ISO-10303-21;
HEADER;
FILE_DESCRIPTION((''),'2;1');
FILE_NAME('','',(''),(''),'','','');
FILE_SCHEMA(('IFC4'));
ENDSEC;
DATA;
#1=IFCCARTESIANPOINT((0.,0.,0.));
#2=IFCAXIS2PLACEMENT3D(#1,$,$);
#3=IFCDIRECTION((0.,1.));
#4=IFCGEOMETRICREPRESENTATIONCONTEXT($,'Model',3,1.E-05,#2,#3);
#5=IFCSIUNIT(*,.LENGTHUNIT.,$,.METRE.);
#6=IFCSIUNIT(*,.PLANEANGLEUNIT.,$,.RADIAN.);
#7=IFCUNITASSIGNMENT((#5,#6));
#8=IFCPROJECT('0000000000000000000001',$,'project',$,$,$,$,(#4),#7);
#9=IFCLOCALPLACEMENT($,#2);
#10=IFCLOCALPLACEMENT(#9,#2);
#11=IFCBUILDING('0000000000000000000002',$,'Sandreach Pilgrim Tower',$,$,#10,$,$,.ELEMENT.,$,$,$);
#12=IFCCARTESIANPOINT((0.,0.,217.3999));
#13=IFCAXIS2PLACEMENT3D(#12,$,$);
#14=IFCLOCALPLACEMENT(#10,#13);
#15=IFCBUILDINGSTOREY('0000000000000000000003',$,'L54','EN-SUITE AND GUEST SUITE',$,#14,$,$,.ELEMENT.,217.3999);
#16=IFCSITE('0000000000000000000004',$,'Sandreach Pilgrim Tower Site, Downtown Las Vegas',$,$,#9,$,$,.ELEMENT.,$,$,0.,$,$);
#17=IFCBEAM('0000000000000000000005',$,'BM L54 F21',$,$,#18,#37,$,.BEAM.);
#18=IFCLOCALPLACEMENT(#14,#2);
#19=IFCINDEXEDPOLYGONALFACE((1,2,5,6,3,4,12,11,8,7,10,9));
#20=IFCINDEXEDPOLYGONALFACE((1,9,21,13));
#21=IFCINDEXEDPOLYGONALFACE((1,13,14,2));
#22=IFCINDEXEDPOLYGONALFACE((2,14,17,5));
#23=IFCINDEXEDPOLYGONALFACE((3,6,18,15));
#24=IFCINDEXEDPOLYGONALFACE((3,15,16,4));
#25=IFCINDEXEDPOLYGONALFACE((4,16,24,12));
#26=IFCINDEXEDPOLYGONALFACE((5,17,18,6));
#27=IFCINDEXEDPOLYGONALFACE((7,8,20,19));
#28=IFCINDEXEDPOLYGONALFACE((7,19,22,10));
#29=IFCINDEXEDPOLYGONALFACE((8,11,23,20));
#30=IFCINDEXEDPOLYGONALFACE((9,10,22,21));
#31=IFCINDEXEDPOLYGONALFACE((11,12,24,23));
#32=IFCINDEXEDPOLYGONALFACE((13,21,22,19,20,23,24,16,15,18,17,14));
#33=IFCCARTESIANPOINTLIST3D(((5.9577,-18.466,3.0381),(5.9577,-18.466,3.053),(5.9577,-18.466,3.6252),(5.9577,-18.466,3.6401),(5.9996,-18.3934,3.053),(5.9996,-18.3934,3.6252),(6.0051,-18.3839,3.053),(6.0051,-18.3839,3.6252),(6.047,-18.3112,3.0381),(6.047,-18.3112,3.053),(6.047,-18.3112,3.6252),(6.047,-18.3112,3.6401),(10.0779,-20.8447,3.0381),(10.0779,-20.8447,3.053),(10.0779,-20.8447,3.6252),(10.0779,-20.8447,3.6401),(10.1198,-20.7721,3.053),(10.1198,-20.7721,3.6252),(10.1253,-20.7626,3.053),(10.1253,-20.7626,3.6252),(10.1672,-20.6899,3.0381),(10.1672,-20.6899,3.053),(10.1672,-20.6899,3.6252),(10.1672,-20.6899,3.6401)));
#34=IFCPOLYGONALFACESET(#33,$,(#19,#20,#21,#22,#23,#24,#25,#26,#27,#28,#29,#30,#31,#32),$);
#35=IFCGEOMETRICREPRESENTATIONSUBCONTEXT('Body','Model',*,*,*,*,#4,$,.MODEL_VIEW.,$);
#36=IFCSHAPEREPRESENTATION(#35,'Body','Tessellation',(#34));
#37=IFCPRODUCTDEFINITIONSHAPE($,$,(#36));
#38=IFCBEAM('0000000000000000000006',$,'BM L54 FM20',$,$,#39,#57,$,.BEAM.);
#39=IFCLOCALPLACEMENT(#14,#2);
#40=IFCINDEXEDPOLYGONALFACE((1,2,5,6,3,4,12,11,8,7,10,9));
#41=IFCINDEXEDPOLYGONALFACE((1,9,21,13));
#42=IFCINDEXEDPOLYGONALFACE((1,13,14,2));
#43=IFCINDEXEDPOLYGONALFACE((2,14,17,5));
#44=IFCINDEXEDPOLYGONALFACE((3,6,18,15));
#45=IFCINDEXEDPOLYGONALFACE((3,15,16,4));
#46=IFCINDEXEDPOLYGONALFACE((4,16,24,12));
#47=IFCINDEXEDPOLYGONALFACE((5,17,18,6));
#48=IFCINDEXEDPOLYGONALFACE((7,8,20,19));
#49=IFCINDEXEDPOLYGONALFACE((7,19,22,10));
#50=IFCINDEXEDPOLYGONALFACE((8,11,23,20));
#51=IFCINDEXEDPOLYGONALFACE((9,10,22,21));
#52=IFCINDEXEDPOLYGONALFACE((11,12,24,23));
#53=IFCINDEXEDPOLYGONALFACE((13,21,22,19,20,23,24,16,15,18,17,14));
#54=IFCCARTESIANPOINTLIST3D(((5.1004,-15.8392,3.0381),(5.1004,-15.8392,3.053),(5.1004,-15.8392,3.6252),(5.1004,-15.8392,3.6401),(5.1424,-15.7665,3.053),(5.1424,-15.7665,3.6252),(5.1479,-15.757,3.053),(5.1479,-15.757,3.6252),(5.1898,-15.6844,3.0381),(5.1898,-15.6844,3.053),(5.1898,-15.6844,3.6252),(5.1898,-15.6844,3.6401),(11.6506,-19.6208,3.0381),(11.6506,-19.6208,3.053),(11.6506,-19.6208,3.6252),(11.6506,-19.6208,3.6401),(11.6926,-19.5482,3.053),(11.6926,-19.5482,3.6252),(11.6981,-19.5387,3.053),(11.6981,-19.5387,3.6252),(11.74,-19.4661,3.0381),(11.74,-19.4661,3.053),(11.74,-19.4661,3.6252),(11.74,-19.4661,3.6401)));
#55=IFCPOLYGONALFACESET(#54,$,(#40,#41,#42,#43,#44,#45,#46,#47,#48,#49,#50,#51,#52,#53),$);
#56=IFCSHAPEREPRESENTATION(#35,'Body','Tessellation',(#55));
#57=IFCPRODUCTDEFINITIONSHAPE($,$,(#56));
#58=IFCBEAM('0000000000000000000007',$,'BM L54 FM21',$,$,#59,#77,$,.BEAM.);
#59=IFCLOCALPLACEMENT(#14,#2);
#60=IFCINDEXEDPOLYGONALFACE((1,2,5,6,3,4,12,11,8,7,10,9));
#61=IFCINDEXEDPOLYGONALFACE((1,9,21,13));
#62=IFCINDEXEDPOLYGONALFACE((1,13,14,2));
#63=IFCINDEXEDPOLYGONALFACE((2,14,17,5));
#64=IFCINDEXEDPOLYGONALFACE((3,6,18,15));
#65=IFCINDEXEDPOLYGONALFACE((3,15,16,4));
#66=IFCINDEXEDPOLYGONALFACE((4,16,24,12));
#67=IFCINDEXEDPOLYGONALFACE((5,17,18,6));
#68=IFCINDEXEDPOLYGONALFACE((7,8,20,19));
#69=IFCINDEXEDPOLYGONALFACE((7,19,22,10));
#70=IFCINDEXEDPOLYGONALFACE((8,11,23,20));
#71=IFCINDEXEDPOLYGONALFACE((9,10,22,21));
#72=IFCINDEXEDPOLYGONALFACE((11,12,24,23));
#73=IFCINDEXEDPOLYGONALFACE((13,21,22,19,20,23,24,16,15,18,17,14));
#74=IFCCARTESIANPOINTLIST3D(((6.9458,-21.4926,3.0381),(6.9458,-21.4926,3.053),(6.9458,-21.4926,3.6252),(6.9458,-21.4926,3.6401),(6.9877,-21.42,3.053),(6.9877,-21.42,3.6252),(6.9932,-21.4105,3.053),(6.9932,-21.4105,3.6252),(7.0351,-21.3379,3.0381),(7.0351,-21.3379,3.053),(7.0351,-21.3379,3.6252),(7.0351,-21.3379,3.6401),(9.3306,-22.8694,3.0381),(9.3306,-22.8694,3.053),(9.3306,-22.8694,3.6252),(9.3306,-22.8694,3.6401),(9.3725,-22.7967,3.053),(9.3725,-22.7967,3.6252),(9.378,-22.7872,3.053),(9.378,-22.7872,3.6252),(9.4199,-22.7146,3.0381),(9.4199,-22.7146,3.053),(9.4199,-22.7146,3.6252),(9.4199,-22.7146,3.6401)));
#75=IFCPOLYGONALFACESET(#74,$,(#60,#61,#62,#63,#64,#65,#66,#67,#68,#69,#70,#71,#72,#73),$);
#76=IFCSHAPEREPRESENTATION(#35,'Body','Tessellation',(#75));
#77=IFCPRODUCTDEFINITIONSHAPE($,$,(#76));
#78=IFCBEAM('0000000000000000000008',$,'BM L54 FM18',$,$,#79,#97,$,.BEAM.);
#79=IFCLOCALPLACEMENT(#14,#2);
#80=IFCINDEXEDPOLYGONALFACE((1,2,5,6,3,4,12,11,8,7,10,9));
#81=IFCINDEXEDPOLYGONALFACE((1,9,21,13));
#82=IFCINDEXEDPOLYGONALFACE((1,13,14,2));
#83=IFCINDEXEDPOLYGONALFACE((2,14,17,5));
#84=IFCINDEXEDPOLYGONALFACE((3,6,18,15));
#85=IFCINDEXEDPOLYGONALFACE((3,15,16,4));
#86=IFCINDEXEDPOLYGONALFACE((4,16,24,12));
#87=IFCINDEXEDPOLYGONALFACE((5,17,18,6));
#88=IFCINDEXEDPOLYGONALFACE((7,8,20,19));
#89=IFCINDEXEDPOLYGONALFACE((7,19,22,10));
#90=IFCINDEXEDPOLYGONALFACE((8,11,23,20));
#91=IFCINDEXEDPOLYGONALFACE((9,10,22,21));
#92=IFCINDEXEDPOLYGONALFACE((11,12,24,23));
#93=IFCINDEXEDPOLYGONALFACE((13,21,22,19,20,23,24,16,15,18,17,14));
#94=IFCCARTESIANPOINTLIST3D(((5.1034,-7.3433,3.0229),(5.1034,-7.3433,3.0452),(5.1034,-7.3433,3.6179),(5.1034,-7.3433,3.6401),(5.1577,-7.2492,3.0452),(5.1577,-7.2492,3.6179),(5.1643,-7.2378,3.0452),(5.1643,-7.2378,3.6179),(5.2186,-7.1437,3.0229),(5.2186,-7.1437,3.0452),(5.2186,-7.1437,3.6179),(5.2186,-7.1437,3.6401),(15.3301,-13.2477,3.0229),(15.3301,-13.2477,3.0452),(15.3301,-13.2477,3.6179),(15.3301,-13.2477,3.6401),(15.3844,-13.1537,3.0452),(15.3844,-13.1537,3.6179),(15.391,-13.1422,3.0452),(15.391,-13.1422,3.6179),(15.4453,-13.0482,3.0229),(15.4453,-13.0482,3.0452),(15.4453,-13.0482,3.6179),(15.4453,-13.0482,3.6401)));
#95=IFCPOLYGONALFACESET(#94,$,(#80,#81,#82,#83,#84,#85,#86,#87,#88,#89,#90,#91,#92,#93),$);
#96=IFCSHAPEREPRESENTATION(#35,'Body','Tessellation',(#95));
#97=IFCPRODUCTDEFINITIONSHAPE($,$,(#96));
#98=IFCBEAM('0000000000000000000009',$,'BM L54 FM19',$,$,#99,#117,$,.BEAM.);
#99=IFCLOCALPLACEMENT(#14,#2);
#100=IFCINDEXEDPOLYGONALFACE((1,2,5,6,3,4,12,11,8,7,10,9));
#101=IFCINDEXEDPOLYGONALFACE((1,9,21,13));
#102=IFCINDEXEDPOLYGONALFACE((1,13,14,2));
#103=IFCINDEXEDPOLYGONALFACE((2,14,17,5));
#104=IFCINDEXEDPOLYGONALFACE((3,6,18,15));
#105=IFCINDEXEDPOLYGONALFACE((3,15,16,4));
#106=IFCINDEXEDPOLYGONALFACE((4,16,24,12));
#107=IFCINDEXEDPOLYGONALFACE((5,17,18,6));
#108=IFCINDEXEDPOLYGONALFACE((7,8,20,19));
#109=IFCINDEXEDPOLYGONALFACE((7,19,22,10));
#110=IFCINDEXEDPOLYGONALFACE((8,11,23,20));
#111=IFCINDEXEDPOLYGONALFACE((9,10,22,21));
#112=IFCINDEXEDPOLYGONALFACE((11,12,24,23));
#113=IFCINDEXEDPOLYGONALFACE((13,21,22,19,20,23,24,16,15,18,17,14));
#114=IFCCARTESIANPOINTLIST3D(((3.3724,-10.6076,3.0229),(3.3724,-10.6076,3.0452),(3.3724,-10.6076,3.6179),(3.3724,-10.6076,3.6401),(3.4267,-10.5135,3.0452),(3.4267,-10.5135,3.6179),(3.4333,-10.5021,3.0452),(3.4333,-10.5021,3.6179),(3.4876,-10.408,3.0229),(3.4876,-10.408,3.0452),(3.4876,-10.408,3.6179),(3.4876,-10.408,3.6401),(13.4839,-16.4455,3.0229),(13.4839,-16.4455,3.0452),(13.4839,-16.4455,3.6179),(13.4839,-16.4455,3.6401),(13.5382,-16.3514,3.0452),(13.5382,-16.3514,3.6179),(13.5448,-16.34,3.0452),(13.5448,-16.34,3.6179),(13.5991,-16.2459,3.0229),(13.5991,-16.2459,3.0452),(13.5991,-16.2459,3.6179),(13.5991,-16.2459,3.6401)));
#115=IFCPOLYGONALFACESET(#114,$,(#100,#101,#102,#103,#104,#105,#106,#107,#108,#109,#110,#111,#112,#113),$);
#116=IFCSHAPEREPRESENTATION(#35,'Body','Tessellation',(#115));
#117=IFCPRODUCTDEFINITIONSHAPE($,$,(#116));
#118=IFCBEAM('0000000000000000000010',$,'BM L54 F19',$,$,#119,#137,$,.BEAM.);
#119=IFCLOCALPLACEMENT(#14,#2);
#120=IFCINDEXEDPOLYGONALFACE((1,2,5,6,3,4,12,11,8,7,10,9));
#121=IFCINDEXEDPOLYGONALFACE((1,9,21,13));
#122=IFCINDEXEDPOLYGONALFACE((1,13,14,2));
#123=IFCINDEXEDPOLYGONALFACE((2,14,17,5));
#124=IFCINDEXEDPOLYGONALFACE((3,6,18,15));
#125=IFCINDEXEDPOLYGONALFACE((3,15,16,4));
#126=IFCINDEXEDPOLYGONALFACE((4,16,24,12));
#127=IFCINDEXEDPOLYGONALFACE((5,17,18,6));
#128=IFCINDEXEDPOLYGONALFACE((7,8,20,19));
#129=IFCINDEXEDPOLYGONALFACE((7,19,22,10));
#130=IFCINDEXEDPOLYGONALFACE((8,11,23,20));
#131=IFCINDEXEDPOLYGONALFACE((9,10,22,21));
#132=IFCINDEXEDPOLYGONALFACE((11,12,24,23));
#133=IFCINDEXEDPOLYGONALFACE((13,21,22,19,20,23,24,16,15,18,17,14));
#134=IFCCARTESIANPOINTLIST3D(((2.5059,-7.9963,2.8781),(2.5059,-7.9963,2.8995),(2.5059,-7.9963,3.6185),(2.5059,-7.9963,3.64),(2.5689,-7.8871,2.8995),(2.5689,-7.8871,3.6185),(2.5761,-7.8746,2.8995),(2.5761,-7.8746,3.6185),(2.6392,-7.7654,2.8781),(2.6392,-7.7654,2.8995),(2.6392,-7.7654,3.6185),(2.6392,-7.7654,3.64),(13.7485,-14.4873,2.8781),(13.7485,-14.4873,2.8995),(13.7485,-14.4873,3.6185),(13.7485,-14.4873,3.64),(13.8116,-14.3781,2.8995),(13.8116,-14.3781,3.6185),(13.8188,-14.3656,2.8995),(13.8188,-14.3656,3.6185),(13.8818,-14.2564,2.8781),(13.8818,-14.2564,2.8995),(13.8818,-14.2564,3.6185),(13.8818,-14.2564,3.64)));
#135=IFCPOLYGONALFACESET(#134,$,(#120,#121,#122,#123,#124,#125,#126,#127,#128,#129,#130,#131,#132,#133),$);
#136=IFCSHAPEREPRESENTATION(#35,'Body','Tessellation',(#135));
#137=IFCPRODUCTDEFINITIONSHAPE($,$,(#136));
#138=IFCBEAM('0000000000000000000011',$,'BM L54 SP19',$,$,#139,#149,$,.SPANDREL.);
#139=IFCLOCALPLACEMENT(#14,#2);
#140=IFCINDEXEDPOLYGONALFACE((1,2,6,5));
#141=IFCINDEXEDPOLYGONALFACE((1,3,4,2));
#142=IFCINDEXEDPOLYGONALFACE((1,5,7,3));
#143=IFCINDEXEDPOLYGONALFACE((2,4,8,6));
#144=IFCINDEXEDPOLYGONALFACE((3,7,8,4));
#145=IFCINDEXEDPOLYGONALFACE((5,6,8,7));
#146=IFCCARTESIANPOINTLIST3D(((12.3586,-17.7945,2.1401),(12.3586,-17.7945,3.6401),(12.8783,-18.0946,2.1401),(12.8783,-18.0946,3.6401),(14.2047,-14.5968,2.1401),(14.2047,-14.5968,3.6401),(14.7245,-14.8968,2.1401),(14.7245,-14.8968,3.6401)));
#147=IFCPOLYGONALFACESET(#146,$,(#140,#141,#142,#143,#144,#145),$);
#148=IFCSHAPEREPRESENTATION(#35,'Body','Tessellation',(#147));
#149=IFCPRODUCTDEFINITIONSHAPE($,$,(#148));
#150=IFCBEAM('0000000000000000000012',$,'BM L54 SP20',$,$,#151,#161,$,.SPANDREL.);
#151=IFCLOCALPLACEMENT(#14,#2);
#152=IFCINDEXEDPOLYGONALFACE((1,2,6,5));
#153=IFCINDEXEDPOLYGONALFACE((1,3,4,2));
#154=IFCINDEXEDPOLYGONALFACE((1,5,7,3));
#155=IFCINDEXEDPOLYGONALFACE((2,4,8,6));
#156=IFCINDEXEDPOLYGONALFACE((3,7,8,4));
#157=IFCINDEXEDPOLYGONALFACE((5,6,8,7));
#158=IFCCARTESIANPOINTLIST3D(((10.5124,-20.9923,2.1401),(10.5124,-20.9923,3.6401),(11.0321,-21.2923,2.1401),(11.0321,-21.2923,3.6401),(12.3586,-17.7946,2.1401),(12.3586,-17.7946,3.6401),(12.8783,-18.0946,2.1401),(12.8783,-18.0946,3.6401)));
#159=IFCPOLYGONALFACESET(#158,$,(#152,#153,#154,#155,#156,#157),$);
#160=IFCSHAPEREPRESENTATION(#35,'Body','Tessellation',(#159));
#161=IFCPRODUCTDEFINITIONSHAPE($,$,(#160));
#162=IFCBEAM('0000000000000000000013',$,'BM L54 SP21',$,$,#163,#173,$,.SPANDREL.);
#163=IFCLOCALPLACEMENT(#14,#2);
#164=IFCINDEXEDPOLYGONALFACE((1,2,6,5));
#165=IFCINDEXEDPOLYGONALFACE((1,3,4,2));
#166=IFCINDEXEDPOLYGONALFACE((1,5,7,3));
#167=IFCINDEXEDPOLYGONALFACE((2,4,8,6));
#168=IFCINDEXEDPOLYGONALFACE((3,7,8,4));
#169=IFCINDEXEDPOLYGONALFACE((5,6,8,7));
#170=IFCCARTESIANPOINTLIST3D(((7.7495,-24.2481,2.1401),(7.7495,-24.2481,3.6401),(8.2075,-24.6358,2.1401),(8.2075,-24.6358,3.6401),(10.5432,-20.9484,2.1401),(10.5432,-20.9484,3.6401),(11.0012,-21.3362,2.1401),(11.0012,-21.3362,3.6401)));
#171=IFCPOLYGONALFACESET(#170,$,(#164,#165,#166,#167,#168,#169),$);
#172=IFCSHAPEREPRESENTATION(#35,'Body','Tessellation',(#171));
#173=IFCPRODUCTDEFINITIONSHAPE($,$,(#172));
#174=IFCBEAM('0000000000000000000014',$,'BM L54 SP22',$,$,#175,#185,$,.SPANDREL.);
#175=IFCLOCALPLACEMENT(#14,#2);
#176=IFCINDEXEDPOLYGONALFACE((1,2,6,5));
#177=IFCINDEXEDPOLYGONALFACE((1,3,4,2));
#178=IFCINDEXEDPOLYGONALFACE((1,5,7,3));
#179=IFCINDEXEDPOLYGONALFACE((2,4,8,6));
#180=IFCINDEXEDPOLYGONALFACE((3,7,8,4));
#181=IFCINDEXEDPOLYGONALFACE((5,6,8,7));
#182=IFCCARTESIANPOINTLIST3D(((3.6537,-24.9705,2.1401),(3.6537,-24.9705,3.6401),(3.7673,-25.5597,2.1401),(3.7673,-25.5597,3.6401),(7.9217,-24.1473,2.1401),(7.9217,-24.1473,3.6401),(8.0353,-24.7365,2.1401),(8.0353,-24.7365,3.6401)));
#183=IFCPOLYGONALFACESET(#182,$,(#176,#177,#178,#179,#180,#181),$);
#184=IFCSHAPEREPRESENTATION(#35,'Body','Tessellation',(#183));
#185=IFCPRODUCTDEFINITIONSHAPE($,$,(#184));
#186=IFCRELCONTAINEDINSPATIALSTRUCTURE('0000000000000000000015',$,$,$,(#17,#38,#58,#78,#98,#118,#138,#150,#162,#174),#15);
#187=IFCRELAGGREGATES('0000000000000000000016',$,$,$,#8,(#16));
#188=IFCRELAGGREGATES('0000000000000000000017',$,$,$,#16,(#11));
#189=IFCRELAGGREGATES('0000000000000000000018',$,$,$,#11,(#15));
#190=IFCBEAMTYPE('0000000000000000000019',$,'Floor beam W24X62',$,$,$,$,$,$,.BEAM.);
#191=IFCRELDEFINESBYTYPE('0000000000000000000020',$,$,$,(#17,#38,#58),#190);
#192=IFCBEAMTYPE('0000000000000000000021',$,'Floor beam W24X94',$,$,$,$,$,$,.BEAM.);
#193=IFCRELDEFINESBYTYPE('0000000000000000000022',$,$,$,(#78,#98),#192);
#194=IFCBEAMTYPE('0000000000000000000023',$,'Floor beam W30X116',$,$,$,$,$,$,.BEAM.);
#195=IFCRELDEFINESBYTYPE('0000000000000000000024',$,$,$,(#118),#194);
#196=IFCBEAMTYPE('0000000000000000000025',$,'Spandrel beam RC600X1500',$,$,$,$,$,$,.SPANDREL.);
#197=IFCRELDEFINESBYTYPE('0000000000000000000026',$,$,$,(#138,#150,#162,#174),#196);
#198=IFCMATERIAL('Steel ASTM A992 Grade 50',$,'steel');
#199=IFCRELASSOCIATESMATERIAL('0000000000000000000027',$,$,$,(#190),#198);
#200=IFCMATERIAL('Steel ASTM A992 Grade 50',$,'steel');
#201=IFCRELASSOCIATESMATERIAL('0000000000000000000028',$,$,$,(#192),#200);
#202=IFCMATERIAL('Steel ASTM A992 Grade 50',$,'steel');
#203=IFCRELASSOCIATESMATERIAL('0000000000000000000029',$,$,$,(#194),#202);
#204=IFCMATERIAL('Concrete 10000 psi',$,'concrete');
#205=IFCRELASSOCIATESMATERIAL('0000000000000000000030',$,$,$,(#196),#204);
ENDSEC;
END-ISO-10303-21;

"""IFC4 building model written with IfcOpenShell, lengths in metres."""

from ifc_helpers import new_model, si_unit, direction, frame, origin, origin_2d, place, context, subcontext, project, spatial, rectangle, i_section, extrude, material, material_profile, profile_set, type_object, element, save


model = new_model("IFC4")

# Units and contexts
model_context = context("Model", 3, precision=1e-05, world=origin(), true_north=direction((0.0, 1.0)))
body_context = subcontext(model_context, "Body", "Model", "MODEL_VIEW")
ifc_project = project(units=[si_unit("LENGTHUNIT", "METRE"), si_unit("PLANEANGLEUNIT", "RADIAN")], contexts=[model_context])

# Site, building, storey
site_placement = place(None, origin())
site = spatial("IfcSite", under=ifc_project, at=site_placement, Name="Sandreach Pilgrim Tower Site, Downtown Las Vegas", CompositionType="ELEMENT", RefElevation=0.0)
building_placement = place(site_placement, origin())
building = spatial("IfcBuilding", under=site, at=building_placement, Name="Sandreach Pilgrim Tower", CompositionType="ELEMENT")
storey_placement = place(building_placement, frame((0.0, 0.0, 217.3999)))
storey = spatial("IfcBuildingStorey", under=building, at=storey_placement, Name="L54", Description="EN-SUITE AND GUEST SUITE", CompositionType="ELEMENT", Elevation=217.3999)

# Beams
ifc_material_1 = material(Name="Steel ASTM A992 Grade 50", Category="steel")
ifc_material_profile_1 = material_profile(ifc_material_1, i_section(OverallWidth=0.1787, OverallDepth=0.6021, WebThickness=0.011, FlangeThickness=0.0149, at=origin_2d()), Name="W24X62")
ifc_profile_set_1 = profile_set([ifc_material_profile_1], Name="Steel ASTM A992 Grade 50")
beam_type_1 = type_object("IfcBeamType", Name="Floor beam W24X62", PredefinedType="BEAM", material=ifc_profile_set_1)
beam_1_placement = place(storey_placement, frame((10.1226, -20.7673, 3.3391), z_axis=(-0.866033, 0.499986, 0.0), x_axis=(-0.499986, -0.866033, 0.0)))
element("IfcBeam", 1, at=beam_1_placement, inside=storey, type_object=beam_type_1, Name="BM L54 F21", PredefinedType="BEAM", context=body_context, shape_type="SweptSolid", body=[
    extrude(i_section(OverallWidth=0.1787, OverallDepth=0.6021, WebThickness=0.011, FlangeThickness=0.0149, at=origin_2d()), origin(), (0.0, 0.0, 1.0), 4.7576),
])
beam_2_placement = place(storey_placement, frame((11.6953, -19.5435, 3.3391), z_axis=(-0.86603, 0.499993, 0.0), x_axis=(-0.499993, -0.86603, 0.0)))
element("IfcBeam", 2, at=beam_2_placement, inside=storey, type_object=beam_type_1, Name="BM L54 FM20", PredefinedType="BEAM", context=body_context, shape_type="SweptSolid", body=[
    extrude(i_section(OverallWidth=0.1787, OverallDepth=0.6021, WebThickness=0.011, FlangeThickness=0.0149, at=origin_2d()), origin(), (0.0, 0.0, 1.0), 7.5635),
])
beam_3_placement = place(storey_placement, frame((9.3752, -22.792, 3.3391), z_axis=(-0.866047, 0.499963, 0.0), x_axis=(-0.499963, -0.866047, 0.0)))
element("IfcBeam", 3, at=beam_3_placement, inside=storey, type_object=beam_type_1, Name="BM L54 FM21", PredefinedType="BEAM", context=body_context, shape_type="SweptSolid", body=[
    extrude(i_section(OverallWidth=0.1787, OverallDepth=0.6021, WebThickness=0.011, FlangeThickness=0.0149, at=origin_2d()), origin(), (0.0, 0.0, 1.0), 2.7537),
])
ifc_material_2 = material(Name="Steel ASTM A992 Grade 50", Category="steel")
ifc_material_profile_2 = material_profile(ifc_material_2, i_section(OverallWidth=0.2305, OverallDepth=0.6172, WebThickness=0.0132, FlangeThickness=0.0222, at=origin_2d()), Name="W24X94")
ifc_profile_set_2 = profile_set([ifc_material_profile_2], Name="Steel ASTM A992 Grade 50")
beam_type_2 = type_object("IfcBeamType", Name="Floor beam W24X94", PredefinedType="BEAM", material=ifc_profile_set_2)
beam_4_placement = place(storey_placement, frame((15.3877, -13.1479, 3.3315), z_axis=(-0.866022, 0.500006, 0.0), x_axis=(-0.500006, -0.866022, 0.0)))
element("IfcBeam", 4, at=beam_4_placement, inside=storey, type_object=beam_type_2, Name="BM L54 FM18", PredefinedType="BEAM", context=body_context, shape_type="SweptSolid", body=[
    extrude(i_section(OverallWidth=0.2305, OverallDepth=0.6172, WebThickness=0.0132, FlangeThickness=0.0222, at=origin_2d()), origin(), (0.0, 0.0, 1.0), 11.8088),
])
beam_5_placement = place(storey_placement, frame((13.5415, -16.3457, 3.3315), z_axis=(-0.866026, 0.499998, 0.0), x_axis=(-0.499998, -0.866026, 0.0)))
element("IfcBeam", 5, at=beam_5_placement, inside=storey, type_object=beam_type_2, Name="BM L54 FM19", PredefinedType="BEAM", context=body_context, shape_type="SweptSolid", body=[
    extrude(i_section(OverallWidth=0.2305, OverallDepth=0.6172, WebThickness=0.0132, FlangeThickness=0.0222, at=origin_2d()), origin(), (0.0, 0.0, 1.0), 11.6758),
])
ifc_material_3 = material(Name="Steel ASTM A992 Grade 50", Category="steel")
ifc_material_profile_3 = material_profile(ifc_material_3, i_section(OverallWidth=0.2666, OverallDepth=0.762, WebThickness=0.0144, FlangeThickness=0.0215, at=origin_2d()), Name="W30X116")
ifc_profile_set_3 = profile_set([ifc_material_profile_3], Name="Steel ASTM A992 Grade 50")
beam_type_3 = type_object("IfcBeamType", Name="Floor beam W30X116", PredefinedType="BEAM", material=ifc_profile_set_3)
beam_6_placement = place(storey_placement, frame((13.8152, -14.3718, 3.259), z_axis=(-0.866025, 0.5, 0.0), x_axis=(-0.5, -0.866025, 0.0)))
element("IfcBeam", 6, at=beam_6_placement, inside=storey, type_object=beam_type_3, Name="BM L54 F19", PredefinedType="BEAM", context=body_context, shape_type="SweptSolid", body=[
    extrude(i_section(OverallWidth=0.2666, OverallDepth=0.762, WebThickness=0.0144, FlangeThickness=0.0215, at=origin_2d()), origin(), (0.0, 0.0, 1.0), 12.9819),
])
ifc_material_4 = material(Name="Concrete 10000 psi", Category="concrete")
ifc_material_profile_4 = material_profile(ifc_material_4, rectangle(XDim=0.6001, YDim=1.5, at=origin_2d()), Name="RC600X1500")
ifc_profile_set_4 = profile_set([ifc_material_profile_4], Name="Concrete 10000 psi")
beam_type_4 = type_object("IfcBeamType", Name="Spandrel beam RC600X1500", PredefinedType="SPANDREL", material=ifc_profile_set_4)
for number, where, z_axis, x_axis, name in (
    (7, (14.4646, -14.7468, 2.8901), (-0.499993, -0.866029, 0.0), (0.866029, -0.499993, 0.0), "BM L54 SP19"),
    (8, (12.6184, -17.9446, 2.8901), (-0.499993, -0.866029, 0.0), (0.866029, -0.499993, 0.0), "BM L54 SP20"),
):
    element("IfcBeam", number, at=place(storey_placement, frame(where, z_axis=z_axis, x_axis=x_axis)), inside=storey, type_object=beam_type_4, Name=name, PredefinedType="SPANDREL", context=body_context, shape_type="SweptSolid", body=[
        extrude(rectangle(XDim=0.6001, YDim=1.5, at=origin_2d()), origin(), (0.0, 0.0, 1.0), 3.6924),
    ])
beam_7_placement = place(storey_placement, frame((10.7722, -21.1423, 2.8901), z_axis=(-0.64618, -0.763185, 0.0), x_axis=(0.763185, -0.64618, 0.0)))
element("IfcBeam", 9, at=beam_7_placement, inside=storey, type_object=beam_type_4, Name="BM L54 SP21", PredefinedType="SPANDREL", context=body_context, shape_type="SweptSolid", body=[
    extrude(rectangle(XDim=0.6001, YDim=1.5, at=origin_2d()), origin(), (0.0, 0.0, 1.0), 4.3235),
])
beam_8_placement = place(storey_placement, frame((7.9785, -24.4419, 2.8901), z_axis=(-0.981901, -0.189393, 0.0), x_axis=(0.189393, -0.981901, 0.0)))
element("IfcBeam", 10, at=beam_8_placement, inside=storey, type_object=beam_type_4, Name="BM L54 SP22", PredefinedType="SPANDREL", context=body_context, shape_type="SweptSolid", body=[
    extrude(rectangle(XDim=0.6001, YDim=1.5, at=origin_2d()), origin(), (0.0, 0.0, 1.0), 4.3467),
])

save(model, "model.ifc")
